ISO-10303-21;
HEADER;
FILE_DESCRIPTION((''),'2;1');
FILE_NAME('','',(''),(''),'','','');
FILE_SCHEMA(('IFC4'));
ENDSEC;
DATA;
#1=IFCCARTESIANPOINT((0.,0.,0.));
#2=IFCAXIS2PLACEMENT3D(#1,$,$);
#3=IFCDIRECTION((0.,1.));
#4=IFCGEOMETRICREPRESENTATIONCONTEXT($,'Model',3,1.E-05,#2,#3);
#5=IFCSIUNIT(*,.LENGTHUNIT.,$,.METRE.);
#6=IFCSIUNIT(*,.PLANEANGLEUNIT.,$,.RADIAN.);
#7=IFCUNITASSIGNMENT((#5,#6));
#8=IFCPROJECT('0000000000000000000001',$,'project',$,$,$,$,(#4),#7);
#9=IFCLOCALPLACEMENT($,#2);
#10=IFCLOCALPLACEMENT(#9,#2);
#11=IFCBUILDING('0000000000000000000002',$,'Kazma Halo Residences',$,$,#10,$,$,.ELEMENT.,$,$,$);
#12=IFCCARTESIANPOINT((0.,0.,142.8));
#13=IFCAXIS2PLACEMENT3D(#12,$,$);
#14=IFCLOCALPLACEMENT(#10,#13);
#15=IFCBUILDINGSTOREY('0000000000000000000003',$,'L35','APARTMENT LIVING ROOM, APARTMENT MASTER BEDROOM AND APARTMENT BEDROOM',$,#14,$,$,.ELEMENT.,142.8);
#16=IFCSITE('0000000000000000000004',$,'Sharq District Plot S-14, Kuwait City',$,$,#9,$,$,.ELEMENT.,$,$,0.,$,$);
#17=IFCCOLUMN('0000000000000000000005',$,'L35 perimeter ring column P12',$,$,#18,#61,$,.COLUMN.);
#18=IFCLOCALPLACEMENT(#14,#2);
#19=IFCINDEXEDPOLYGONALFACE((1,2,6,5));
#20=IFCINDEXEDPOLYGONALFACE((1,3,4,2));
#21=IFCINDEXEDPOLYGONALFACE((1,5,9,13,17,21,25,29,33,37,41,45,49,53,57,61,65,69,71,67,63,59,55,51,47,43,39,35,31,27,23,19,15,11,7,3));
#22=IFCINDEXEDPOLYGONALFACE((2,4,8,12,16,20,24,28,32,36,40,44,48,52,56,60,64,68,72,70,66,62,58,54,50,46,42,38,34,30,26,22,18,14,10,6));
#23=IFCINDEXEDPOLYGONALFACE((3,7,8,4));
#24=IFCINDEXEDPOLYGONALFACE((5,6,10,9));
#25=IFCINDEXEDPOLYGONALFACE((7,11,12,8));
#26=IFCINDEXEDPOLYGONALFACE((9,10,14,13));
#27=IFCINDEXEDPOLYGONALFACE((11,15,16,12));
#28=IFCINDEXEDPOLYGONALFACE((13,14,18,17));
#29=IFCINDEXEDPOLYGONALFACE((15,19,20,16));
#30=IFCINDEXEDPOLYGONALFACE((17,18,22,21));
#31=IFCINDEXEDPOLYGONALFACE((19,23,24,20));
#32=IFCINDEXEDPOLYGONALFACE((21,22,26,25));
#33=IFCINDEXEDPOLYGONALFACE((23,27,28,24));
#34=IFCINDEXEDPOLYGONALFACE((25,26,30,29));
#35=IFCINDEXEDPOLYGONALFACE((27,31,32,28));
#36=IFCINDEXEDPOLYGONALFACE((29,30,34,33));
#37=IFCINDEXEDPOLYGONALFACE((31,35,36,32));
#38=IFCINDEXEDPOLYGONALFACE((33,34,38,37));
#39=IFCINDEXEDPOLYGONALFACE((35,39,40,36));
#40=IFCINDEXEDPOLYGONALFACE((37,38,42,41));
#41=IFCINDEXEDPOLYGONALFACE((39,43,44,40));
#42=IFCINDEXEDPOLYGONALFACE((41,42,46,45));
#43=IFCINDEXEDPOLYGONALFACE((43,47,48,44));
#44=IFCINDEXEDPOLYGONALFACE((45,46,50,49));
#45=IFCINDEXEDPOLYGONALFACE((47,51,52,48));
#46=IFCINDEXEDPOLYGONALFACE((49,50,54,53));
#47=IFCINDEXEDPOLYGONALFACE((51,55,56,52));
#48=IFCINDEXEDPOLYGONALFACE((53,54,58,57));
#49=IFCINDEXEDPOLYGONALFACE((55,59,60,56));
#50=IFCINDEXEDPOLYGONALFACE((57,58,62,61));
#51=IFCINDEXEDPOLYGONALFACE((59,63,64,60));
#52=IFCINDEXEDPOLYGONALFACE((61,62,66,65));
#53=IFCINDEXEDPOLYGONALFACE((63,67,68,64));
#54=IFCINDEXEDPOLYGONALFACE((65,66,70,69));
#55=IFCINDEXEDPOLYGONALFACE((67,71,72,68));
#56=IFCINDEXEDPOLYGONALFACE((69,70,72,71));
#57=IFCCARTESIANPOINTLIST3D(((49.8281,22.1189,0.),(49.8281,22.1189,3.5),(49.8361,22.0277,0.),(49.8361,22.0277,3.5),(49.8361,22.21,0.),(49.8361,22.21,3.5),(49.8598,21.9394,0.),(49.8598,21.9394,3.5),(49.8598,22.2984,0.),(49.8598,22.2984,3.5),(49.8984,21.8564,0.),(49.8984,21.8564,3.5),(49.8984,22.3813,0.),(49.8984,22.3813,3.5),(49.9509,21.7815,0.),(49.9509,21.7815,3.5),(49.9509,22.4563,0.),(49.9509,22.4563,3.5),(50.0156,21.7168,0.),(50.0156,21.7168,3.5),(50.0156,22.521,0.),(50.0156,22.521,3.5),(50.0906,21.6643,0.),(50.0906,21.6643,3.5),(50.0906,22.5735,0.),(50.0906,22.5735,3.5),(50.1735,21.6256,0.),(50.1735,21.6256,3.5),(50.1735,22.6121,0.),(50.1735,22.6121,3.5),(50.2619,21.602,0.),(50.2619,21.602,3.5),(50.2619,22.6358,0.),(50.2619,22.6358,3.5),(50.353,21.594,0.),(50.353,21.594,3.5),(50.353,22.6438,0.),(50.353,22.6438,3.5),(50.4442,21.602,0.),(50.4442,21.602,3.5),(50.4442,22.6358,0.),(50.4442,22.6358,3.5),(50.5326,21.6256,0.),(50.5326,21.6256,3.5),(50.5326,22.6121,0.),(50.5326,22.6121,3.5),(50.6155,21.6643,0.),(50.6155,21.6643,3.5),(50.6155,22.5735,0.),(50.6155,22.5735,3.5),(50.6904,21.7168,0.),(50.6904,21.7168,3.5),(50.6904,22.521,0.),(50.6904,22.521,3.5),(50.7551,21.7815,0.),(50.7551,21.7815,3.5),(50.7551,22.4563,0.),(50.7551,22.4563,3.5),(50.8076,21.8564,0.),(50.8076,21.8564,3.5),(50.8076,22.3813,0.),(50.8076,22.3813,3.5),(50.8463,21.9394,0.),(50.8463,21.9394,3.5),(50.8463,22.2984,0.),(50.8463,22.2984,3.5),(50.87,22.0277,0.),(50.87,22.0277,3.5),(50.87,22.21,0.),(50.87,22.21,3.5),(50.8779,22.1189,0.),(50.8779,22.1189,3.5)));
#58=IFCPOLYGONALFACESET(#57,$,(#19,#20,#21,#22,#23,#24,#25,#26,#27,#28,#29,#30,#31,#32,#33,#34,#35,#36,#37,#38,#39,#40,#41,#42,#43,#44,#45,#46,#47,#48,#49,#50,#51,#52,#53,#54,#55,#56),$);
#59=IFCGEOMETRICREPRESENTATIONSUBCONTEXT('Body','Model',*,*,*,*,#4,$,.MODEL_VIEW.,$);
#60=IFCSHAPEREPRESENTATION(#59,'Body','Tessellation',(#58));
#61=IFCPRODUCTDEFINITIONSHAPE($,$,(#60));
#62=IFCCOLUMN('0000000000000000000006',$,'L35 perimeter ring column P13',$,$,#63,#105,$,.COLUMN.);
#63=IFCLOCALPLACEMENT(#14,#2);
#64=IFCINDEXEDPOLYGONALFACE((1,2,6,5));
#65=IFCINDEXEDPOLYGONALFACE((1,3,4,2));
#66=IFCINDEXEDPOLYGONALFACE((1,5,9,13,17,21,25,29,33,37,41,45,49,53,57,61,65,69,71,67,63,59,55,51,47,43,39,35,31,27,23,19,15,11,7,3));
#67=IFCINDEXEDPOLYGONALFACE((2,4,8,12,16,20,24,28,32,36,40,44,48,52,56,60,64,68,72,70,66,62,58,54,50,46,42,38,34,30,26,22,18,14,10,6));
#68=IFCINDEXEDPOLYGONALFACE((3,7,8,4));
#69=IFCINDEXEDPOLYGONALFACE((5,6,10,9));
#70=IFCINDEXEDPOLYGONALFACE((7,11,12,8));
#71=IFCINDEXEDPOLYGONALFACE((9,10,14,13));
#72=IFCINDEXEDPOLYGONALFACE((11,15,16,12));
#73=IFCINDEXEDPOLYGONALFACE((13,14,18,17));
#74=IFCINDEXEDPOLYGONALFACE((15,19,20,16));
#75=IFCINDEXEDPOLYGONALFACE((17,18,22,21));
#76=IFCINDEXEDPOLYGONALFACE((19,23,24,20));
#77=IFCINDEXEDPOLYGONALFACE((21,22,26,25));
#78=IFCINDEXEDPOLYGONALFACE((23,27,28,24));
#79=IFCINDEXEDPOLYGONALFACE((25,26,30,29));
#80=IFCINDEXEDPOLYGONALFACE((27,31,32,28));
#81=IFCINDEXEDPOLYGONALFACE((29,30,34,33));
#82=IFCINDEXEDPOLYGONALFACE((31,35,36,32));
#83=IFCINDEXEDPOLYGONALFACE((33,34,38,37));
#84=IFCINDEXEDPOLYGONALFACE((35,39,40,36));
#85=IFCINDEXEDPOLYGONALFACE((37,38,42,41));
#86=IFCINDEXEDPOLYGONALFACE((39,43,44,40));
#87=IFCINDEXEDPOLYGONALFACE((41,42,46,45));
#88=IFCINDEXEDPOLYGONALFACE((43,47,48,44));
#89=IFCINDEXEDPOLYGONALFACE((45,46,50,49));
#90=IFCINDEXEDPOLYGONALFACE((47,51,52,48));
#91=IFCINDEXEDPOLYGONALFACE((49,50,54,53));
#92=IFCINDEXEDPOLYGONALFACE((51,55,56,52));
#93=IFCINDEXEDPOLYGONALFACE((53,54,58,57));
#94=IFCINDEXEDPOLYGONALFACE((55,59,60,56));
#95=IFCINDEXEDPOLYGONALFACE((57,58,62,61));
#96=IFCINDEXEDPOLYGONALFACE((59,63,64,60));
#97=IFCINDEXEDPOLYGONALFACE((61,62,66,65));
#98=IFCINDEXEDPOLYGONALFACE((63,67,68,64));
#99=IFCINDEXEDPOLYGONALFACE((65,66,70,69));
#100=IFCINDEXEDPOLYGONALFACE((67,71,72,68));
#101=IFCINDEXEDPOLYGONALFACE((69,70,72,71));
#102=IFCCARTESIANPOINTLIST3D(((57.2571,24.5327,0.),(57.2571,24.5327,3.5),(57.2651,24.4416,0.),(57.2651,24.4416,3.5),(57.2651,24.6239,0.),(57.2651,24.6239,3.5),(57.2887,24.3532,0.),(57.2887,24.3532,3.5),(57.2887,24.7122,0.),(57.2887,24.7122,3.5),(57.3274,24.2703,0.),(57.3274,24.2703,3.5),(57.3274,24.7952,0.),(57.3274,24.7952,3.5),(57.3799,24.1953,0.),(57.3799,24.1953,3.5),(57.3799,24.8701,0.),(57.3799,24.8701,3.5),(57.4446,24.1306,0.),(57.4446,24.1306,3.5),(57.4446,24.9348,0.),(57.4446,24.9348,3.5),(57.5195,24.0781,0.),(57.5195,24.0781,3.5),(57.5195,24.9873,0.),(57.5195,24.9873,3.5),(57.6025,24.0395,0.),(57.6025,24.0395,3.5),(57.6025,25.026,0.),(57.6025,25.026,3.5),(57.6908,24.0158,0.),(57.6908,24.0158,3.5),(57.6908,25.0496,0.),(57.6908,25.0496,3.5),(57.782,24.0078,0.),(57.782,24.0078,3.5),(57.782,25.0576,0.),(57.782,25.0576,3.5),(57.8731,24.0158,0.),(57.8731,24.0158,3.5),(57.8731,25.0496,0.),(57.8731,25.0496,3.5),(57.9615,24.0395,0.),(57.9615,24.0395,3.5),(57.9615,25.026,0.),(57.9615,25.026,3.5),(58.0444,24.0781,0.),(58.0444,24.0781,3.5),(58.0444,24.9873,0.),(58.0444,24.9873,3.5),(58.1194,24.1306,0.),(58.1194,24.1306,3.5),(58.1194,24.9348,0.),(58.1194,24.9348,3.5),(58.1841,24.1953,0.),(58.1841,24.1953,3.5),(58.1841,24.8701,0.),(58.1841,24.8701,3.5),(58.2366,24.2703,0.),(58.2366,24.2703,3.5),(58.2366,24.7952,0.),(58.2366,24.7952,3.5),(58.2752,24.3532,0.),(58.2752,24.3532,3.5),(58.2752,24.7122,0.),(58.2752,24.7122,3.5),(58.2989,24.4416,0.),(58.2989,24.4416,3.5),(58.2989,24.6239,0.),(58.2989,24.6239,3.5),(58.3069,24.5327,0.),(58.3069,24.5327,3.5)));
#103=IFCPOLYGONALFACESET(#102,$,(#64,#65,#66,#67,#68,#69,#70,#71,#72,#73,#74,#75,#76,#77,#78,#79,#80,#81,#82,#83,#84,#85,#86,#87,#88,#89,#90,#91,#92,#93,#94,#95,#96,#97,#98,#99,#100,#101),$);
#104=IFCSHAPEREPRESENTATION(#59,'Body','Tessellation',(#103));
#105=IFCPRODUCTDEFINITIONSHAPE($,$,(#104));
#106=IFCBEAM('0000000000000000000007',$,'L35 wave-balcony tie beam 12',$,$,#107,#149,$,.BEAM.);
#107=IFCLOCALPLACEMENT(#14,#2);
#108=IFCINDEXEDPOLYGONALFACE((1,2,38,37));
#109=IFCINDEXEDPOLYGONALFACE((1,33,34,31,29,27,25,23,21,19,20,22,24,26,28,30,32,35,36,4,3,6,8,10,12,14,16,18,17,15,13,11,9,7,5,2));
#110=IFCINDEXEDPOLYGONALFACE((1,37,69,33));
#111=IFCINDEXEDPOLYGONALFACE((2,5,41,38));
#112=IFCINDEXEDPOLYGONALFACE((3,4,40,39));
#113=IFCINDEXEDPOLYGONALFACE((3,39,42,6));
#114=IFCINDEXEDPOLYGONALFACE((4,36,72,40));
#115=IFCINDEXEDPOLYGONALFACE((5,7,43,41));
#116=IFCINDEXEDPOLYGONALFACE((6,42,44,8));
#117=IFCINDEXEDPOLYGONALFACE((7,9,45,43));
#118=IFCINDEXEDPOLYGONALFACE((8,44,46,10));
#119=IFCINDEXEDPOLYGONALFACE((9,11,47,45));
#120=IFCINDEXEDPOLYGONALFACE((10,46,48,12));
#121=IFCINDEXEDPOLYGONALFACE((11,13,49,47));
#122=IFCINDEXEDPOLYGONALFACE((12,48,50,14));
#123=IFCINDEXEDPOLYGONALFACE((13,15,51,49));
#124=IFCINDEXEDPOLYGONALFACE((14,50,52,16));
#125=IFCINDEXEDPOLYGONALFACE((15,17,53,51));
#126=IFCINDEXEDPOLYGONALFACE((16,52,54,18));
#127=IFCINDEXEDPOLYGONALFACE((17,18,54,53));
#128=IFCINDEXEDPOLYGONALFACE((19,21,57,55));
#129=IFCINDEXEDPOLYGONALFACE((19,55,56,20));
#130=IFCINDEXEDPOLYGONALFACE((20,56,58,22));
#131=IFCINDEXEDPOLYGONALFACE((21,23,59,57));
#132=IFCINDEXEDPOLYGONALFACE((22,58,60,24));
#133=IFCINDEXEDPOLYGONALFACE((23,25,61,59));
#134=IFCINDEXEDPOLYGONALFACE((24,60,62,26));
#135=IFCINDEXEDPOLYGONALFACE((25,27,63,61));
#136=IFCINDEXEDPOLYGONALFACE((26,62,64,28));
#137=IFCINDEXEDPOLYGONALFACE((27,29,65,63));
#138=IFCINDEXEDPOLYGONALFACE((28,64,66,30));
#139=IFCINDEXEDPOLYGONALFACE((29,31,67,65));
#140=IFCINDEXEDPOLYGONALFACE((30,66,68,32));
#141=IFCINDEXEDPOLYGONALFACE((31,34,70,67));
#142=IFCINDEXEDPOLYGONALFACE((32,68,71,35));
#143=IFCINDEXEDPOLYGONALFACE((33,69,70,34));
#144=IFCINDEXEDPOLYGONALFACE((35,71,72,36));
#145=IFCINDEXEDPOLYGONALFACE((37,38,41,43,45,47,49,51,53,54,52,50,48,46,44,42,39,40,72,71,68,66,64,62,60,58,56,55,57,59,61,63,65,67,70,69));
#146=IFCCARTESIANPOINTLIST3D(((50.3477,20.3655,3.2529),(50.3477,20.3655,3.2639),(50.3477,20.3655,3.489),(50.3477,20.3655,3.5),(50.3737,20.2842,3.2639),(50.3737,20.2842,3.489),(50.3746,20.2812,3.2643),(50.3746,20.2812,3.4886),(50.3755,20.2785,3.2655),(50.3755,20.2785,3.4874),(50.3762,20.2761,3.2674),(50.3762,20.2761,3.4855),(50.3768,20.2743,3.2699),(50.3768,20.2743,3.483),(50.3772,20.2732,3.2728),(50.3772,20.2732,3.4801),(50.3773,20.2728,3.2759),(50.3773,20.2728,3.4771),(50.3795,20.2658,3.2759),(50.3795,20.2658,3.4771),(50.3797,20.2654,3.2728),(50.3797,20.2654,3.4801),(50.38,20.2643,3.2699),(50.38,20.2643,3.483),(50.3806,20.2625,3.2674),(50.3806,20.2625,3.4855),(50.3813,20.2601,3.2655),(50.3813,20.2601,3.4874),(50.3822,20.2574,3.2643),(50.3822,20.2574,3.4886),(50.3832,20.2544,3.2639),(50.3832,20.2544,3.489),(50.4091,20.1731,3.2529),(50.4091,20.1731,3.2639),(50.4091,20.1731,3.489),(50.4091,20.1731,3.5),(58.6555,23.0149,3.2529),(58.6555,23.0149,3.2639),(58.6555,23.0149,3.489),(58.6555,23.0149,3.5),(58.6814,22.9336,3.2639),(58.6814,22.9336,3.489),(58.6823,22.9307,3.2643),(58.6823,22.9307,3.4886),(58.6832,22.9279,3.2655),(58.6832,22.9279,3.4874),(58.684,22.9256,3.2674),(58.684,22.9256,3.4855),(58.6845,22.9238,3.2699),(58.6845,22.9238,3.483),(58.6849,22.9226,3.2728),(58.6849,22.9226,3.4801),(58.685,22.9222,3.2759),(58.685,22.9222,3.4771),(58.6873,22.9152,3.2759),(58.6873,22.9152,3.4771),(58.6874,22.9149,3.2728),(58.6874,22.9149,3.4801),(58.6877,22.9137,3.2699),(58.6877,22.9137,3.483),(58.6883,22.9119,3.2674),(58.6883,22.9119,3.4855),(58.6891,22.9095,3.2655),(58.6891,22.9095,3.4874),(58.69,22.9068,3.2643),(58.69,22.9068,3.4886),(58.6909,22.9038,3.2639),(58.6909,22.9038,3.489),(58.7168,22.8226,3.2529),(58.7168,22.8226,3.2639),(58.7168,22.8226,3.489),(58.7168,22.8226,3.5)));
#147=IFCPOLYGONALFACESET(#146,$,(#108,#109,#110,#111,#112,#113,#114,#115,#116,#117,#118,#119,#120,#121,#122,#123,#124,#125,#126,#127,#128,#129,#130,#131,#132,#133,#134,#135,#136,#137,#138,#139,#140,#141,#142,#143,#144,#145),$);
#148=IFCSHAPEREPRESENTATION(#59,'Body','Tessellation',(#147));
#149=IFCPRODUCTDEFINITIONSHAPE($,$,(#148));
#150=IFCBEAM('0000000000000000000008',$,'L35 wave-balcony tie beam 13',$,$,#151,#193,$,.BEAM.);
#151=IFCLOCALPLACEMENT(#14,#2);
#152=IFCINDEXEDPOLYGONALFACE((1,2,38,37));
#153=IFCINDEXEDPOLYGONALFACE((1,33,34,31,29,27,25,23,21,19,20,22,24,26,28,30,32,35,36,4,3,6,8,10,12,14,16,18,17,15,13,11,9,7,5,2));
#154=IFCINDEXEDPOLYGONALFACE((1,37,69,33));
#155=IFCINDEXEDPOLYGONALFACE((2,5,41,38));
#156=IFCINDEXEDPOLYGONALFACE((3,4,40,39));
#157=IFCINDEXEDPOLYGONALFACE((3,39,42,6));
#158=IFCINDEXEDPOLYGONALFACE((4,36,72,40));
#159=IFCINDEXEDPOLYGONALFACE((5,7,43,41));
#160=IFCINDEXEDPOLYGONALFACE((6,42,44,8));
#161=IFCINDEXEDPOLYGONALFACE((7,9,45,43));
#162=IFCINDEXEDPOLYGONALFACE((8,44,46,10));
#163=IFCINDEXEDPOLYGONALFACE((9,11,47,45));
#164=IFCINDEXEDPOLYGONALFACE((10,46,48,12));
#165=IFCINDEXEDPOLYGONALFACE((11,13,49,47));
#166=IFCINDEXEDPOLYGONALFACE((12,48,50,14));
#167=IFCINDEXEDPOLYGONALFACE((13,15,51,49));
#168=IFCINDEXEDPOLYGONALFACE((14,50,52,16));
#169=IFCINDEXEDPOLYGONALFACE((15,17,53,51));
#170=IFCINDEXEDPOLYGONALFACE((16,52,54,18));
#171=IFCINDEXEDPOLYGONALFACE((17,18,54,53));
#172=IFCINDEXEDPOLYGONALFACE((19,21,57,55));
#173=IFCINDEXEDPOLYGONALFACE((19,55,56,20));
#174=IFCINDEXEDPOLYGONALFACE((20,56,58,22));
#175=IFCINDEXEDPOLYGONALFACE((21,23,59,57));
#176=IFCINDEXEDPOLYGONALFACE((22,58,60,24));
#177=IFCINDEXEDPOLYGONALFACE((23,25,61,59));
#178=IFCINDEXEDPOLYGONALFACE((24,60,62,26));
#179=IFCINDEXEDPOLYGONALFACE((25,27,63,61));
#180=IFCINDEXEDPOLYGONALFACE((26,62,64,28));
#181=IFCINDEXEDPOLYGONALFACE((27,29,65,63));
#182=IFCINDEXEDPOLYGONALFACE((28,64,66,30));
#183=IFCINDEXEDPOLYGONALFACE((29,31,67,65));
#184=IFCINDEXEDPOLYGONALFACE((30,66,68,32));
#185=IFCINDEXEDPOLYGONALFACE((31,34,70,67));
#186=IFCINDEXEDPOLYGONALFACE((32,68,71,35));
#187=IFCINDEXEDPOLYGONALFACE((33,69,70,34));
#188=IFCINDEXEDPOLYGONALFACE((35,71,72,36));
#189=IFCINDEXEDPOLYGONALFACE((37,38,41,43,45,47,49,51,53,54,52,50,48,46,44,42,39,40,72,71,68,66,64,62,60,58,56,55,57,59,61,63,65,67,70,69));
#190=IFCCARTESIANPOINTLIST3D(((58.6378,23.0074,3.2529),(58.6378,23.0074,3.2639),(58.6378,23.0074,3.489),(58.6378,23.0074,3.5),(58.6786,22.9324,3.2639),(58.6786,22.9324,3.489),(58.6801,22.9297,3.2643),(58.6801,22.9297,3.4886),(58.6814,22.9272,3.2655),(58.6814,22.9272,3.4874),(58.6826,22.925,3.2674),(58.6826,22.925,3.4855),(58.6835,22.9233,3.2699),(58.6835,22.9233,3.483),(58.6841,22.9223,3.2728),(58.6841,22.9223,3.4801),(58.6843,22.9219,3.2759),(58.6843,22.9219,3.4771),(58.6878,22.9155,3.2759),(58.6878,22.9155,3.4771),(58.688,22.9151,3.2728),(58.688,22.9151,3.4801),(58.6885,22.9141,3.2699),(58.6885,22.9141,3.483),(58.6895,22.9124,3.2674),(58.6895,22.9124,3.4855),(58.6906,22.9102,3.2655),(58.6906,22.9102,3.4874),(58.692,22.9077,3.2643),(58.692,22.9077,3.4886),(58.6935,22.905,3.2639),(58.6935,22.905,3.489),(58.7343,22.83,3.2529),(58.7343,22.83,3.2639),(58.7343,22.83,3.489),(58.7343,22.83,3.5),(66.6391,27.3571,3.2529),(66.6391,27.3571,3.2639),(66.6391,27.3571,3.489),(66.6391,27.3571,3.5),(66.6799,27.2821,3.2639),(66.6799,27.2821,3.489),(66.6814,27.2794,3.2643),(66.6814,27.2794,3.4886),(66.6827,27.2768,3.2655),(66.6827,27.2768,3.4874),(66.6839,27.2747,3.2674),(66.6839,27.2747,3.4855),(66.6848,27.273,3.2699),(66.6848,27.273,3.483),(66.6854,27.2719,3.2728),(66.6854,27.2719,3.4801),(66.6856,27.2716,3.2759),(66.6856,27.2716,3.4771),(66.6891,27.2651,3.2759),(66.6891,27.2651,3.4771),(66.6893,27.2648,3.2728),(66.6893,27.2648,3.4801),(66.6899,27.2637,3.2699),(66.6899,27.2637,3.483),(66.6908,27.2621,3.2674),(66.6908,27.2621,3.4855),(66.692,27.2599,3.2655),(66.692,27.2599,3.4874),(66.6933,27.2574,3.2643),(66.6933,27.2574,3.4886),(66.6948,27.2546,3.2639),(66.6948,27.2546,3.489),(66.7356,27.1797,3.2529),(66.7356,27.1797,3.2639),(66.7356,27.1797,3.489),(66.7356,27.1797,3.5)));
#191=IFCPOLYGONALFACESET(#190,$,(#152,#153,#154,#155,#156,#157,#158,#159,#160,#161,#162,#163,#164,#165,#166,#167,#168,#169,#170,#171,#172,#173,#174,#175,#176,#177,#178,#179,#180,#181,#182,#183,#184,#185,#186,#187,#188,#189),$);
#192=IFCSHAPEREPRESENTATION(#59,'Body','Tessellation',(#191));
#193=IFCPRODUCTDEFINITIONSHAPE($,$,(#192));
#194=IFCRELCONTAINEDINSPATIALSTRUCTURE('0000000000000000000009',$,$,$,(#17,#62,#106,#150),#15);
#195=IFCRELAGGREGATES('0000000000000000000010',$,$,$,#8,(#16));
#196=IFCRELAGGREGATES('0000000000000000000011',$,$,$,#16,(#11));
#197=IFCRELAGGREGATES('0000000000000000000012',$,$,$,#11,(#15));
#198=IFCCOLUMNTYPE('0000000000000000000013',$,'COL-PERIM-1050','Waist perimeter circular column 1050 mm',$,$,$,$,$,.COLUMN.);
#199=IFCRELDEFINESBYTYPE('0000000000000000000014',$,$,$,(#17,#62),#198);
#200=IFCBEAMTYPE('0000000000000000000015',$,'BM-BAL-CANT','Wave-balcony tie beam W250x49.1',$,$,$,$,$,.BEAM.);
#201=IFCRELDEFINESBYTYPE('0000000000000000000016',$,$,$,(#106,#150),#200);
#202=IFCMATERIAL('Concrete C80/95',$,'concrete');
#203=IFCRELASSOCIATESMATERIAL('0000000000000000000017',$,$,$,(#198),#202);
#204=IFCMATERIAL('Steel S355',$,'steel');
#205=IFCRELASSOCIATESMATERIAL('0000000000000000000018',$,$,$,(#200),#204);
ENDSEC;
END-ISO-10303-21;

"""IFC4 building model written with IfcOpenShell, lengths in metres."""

from ifc_helpers import new_model, si_unit, direction, frame, origin, origin_2d, place, context, subcontext, project, spatial, circle, i_section, extrude, material, material_profile, profile_set, type_object, element, save


model = new_model("IFC4")

# Units and contexts
model_context = context("Model", 3, precision=1e-05, world=origin(), true_north=direction((0.0, 1.0)))
body_context = subcontext(model_context, "Body", "Model", "MODEL_VIEW")
ifc_project = project(units=[si_unit("LENGTHUNIT", "METRE"), si_unit("PLANEANGLEUNIT", "RADIAN")], contexts=[model_context])

# Site, building, storey
site_placement = place(None, origin())
site = spatial("IfcSite", under=ifc_project, at=site_placement, Name="Sharq District Plot S-14, Kuwait City", CompositionType="ELEMENT", RefElevation=0.0)
building_placement = place(site_placement, origin())
building = spatial("IfcBuilding", under=site, at=building_placement, Name="Kazma Halo Residences", CompositionType="ELEMENT")
storey_placement = place(building_placement, frame((0.0, 0.0, 142.8)))
storey = spatial("IfcBuildingStorey", under=building, at=storey_placement, Name="L35", Description="APARTMENT LIVING ROOM, APARTMENT MASTER BEDROOM AND APARTMENT BEDROOM", CompositionType="ELEMENT", Elevation=142.8)

# Columns
ifc_material_1 = material(Name="Concrete C80/95", Category="concrete")
ifc_material_profile_1 = material_profile(ifc_material_1, circle(Radius=0.5249, at=origin_2d()), Name="CIRC1050")
ifc_profile_set_1 = profile_set([ifc_material_profile_1], Name="Concrete C80/95")
column_type = type_object("IfcColumnType", Name="COL-PERIM-1050", Description="Waist perimeter circular column 1050 mm", PredefinedType="COLUMN", material=ifc_profile_set_1)
for number, where, z_axis, x_axis, name in (
    (1, (50.353, 22.1189, 0.0), (0.0, 0.0, 1.0), (1.0, 0.0, 0.0), "L35 perimeter ring column P12"),
    (2, (57.782, 24.5327, 0.0), (0.0, 0.0, 1.0), (1.0, 0.0, 0.0), "L35 perimeter ring column P13"),
):
    element("IfcColumn", number, at=place(storey_placement, frame(where, z_axis=z_axis, x_axis=x_axis)), inside=storey, type_object=column_type, Name=name, PredefinedType="COLUMN", context=body_context, shape_type="SweptSolid", body=[
        extrude(circle(Radius=0.5249, at=origin_2d()), origin(), (0.0, 0.0, 1.0), 3.5),
    ])

# Beams
ifc_material_2 = material(Name="Steel S355", Category="steel")
ifc_material_profile_2 = material_profile(ifc_material_2, i_section(OverallWidth=0.2019, OverallDepth=0.2471, WebThickness=0.0073, FlangeThickness=0.011, FilletRadius=0.012, at=origin_2d()), Name="W250x49.1")
ifc_profile_set_2 = profile_set([ifc_material_profile_2], Name="Steel S355")
beam_type_1 = type_object("IfcBeamType", Name="BM-BAL-CANT", Description="Wave-balcony tie beam W250x49.1", PredefinedType="BEAM", material=ifc_profile_set_2)
beam_1_placement = place(storey_placement, frame((50.3784, 20.2693, 3.3765), z_axis=(0.952724, 0.303837, 0.0), x_axis=(-0.303837, 0.952724, 0.0)))
element("IfcBeam", 3, at=beam_1_placement, inside=storey, type_object=beam_type_1, Name="L35 wave-balcony tie beam 12", PredefinedType="BEAM", context=body_context, shape_type="SweptSolid", body=[
    extrude(i_section(OverallWidth=0.2019, OverallDepth=0.2471, WebThickness=0.0073, FlangeThickness=0.011, FilletRadius=0.012, at=origin_2d()), origin(), (0.0, 0.0, 1.0), 8.72),
])
beam_2_placement = place(storey_placement, frame((58.686, 22.9187, 3.3765), z_axis=(0.878573, 0.477608, 0.0), x_axis=(-0.477608, 0.878573, 0.0)))
element("IfcBeam", 4, at=beam_2_placement, inside=storey, type_object=beam_type_1, Name="L35 wave-balcony tie beam 13", PredefinedType="BEAM", context=body_context, shape_type="SweptSolid", body=[
    extrude(i_section(OverallWidth=0.2019, OverallDepth=0.2471, WebThickness=0.0073, FlangeThickness=0.011, FilletRadius=0.012, at=origin_2d()), origin(), (0.0, 0.0, 1.0), 9.1072),
])

save(model, "model.ifc")
